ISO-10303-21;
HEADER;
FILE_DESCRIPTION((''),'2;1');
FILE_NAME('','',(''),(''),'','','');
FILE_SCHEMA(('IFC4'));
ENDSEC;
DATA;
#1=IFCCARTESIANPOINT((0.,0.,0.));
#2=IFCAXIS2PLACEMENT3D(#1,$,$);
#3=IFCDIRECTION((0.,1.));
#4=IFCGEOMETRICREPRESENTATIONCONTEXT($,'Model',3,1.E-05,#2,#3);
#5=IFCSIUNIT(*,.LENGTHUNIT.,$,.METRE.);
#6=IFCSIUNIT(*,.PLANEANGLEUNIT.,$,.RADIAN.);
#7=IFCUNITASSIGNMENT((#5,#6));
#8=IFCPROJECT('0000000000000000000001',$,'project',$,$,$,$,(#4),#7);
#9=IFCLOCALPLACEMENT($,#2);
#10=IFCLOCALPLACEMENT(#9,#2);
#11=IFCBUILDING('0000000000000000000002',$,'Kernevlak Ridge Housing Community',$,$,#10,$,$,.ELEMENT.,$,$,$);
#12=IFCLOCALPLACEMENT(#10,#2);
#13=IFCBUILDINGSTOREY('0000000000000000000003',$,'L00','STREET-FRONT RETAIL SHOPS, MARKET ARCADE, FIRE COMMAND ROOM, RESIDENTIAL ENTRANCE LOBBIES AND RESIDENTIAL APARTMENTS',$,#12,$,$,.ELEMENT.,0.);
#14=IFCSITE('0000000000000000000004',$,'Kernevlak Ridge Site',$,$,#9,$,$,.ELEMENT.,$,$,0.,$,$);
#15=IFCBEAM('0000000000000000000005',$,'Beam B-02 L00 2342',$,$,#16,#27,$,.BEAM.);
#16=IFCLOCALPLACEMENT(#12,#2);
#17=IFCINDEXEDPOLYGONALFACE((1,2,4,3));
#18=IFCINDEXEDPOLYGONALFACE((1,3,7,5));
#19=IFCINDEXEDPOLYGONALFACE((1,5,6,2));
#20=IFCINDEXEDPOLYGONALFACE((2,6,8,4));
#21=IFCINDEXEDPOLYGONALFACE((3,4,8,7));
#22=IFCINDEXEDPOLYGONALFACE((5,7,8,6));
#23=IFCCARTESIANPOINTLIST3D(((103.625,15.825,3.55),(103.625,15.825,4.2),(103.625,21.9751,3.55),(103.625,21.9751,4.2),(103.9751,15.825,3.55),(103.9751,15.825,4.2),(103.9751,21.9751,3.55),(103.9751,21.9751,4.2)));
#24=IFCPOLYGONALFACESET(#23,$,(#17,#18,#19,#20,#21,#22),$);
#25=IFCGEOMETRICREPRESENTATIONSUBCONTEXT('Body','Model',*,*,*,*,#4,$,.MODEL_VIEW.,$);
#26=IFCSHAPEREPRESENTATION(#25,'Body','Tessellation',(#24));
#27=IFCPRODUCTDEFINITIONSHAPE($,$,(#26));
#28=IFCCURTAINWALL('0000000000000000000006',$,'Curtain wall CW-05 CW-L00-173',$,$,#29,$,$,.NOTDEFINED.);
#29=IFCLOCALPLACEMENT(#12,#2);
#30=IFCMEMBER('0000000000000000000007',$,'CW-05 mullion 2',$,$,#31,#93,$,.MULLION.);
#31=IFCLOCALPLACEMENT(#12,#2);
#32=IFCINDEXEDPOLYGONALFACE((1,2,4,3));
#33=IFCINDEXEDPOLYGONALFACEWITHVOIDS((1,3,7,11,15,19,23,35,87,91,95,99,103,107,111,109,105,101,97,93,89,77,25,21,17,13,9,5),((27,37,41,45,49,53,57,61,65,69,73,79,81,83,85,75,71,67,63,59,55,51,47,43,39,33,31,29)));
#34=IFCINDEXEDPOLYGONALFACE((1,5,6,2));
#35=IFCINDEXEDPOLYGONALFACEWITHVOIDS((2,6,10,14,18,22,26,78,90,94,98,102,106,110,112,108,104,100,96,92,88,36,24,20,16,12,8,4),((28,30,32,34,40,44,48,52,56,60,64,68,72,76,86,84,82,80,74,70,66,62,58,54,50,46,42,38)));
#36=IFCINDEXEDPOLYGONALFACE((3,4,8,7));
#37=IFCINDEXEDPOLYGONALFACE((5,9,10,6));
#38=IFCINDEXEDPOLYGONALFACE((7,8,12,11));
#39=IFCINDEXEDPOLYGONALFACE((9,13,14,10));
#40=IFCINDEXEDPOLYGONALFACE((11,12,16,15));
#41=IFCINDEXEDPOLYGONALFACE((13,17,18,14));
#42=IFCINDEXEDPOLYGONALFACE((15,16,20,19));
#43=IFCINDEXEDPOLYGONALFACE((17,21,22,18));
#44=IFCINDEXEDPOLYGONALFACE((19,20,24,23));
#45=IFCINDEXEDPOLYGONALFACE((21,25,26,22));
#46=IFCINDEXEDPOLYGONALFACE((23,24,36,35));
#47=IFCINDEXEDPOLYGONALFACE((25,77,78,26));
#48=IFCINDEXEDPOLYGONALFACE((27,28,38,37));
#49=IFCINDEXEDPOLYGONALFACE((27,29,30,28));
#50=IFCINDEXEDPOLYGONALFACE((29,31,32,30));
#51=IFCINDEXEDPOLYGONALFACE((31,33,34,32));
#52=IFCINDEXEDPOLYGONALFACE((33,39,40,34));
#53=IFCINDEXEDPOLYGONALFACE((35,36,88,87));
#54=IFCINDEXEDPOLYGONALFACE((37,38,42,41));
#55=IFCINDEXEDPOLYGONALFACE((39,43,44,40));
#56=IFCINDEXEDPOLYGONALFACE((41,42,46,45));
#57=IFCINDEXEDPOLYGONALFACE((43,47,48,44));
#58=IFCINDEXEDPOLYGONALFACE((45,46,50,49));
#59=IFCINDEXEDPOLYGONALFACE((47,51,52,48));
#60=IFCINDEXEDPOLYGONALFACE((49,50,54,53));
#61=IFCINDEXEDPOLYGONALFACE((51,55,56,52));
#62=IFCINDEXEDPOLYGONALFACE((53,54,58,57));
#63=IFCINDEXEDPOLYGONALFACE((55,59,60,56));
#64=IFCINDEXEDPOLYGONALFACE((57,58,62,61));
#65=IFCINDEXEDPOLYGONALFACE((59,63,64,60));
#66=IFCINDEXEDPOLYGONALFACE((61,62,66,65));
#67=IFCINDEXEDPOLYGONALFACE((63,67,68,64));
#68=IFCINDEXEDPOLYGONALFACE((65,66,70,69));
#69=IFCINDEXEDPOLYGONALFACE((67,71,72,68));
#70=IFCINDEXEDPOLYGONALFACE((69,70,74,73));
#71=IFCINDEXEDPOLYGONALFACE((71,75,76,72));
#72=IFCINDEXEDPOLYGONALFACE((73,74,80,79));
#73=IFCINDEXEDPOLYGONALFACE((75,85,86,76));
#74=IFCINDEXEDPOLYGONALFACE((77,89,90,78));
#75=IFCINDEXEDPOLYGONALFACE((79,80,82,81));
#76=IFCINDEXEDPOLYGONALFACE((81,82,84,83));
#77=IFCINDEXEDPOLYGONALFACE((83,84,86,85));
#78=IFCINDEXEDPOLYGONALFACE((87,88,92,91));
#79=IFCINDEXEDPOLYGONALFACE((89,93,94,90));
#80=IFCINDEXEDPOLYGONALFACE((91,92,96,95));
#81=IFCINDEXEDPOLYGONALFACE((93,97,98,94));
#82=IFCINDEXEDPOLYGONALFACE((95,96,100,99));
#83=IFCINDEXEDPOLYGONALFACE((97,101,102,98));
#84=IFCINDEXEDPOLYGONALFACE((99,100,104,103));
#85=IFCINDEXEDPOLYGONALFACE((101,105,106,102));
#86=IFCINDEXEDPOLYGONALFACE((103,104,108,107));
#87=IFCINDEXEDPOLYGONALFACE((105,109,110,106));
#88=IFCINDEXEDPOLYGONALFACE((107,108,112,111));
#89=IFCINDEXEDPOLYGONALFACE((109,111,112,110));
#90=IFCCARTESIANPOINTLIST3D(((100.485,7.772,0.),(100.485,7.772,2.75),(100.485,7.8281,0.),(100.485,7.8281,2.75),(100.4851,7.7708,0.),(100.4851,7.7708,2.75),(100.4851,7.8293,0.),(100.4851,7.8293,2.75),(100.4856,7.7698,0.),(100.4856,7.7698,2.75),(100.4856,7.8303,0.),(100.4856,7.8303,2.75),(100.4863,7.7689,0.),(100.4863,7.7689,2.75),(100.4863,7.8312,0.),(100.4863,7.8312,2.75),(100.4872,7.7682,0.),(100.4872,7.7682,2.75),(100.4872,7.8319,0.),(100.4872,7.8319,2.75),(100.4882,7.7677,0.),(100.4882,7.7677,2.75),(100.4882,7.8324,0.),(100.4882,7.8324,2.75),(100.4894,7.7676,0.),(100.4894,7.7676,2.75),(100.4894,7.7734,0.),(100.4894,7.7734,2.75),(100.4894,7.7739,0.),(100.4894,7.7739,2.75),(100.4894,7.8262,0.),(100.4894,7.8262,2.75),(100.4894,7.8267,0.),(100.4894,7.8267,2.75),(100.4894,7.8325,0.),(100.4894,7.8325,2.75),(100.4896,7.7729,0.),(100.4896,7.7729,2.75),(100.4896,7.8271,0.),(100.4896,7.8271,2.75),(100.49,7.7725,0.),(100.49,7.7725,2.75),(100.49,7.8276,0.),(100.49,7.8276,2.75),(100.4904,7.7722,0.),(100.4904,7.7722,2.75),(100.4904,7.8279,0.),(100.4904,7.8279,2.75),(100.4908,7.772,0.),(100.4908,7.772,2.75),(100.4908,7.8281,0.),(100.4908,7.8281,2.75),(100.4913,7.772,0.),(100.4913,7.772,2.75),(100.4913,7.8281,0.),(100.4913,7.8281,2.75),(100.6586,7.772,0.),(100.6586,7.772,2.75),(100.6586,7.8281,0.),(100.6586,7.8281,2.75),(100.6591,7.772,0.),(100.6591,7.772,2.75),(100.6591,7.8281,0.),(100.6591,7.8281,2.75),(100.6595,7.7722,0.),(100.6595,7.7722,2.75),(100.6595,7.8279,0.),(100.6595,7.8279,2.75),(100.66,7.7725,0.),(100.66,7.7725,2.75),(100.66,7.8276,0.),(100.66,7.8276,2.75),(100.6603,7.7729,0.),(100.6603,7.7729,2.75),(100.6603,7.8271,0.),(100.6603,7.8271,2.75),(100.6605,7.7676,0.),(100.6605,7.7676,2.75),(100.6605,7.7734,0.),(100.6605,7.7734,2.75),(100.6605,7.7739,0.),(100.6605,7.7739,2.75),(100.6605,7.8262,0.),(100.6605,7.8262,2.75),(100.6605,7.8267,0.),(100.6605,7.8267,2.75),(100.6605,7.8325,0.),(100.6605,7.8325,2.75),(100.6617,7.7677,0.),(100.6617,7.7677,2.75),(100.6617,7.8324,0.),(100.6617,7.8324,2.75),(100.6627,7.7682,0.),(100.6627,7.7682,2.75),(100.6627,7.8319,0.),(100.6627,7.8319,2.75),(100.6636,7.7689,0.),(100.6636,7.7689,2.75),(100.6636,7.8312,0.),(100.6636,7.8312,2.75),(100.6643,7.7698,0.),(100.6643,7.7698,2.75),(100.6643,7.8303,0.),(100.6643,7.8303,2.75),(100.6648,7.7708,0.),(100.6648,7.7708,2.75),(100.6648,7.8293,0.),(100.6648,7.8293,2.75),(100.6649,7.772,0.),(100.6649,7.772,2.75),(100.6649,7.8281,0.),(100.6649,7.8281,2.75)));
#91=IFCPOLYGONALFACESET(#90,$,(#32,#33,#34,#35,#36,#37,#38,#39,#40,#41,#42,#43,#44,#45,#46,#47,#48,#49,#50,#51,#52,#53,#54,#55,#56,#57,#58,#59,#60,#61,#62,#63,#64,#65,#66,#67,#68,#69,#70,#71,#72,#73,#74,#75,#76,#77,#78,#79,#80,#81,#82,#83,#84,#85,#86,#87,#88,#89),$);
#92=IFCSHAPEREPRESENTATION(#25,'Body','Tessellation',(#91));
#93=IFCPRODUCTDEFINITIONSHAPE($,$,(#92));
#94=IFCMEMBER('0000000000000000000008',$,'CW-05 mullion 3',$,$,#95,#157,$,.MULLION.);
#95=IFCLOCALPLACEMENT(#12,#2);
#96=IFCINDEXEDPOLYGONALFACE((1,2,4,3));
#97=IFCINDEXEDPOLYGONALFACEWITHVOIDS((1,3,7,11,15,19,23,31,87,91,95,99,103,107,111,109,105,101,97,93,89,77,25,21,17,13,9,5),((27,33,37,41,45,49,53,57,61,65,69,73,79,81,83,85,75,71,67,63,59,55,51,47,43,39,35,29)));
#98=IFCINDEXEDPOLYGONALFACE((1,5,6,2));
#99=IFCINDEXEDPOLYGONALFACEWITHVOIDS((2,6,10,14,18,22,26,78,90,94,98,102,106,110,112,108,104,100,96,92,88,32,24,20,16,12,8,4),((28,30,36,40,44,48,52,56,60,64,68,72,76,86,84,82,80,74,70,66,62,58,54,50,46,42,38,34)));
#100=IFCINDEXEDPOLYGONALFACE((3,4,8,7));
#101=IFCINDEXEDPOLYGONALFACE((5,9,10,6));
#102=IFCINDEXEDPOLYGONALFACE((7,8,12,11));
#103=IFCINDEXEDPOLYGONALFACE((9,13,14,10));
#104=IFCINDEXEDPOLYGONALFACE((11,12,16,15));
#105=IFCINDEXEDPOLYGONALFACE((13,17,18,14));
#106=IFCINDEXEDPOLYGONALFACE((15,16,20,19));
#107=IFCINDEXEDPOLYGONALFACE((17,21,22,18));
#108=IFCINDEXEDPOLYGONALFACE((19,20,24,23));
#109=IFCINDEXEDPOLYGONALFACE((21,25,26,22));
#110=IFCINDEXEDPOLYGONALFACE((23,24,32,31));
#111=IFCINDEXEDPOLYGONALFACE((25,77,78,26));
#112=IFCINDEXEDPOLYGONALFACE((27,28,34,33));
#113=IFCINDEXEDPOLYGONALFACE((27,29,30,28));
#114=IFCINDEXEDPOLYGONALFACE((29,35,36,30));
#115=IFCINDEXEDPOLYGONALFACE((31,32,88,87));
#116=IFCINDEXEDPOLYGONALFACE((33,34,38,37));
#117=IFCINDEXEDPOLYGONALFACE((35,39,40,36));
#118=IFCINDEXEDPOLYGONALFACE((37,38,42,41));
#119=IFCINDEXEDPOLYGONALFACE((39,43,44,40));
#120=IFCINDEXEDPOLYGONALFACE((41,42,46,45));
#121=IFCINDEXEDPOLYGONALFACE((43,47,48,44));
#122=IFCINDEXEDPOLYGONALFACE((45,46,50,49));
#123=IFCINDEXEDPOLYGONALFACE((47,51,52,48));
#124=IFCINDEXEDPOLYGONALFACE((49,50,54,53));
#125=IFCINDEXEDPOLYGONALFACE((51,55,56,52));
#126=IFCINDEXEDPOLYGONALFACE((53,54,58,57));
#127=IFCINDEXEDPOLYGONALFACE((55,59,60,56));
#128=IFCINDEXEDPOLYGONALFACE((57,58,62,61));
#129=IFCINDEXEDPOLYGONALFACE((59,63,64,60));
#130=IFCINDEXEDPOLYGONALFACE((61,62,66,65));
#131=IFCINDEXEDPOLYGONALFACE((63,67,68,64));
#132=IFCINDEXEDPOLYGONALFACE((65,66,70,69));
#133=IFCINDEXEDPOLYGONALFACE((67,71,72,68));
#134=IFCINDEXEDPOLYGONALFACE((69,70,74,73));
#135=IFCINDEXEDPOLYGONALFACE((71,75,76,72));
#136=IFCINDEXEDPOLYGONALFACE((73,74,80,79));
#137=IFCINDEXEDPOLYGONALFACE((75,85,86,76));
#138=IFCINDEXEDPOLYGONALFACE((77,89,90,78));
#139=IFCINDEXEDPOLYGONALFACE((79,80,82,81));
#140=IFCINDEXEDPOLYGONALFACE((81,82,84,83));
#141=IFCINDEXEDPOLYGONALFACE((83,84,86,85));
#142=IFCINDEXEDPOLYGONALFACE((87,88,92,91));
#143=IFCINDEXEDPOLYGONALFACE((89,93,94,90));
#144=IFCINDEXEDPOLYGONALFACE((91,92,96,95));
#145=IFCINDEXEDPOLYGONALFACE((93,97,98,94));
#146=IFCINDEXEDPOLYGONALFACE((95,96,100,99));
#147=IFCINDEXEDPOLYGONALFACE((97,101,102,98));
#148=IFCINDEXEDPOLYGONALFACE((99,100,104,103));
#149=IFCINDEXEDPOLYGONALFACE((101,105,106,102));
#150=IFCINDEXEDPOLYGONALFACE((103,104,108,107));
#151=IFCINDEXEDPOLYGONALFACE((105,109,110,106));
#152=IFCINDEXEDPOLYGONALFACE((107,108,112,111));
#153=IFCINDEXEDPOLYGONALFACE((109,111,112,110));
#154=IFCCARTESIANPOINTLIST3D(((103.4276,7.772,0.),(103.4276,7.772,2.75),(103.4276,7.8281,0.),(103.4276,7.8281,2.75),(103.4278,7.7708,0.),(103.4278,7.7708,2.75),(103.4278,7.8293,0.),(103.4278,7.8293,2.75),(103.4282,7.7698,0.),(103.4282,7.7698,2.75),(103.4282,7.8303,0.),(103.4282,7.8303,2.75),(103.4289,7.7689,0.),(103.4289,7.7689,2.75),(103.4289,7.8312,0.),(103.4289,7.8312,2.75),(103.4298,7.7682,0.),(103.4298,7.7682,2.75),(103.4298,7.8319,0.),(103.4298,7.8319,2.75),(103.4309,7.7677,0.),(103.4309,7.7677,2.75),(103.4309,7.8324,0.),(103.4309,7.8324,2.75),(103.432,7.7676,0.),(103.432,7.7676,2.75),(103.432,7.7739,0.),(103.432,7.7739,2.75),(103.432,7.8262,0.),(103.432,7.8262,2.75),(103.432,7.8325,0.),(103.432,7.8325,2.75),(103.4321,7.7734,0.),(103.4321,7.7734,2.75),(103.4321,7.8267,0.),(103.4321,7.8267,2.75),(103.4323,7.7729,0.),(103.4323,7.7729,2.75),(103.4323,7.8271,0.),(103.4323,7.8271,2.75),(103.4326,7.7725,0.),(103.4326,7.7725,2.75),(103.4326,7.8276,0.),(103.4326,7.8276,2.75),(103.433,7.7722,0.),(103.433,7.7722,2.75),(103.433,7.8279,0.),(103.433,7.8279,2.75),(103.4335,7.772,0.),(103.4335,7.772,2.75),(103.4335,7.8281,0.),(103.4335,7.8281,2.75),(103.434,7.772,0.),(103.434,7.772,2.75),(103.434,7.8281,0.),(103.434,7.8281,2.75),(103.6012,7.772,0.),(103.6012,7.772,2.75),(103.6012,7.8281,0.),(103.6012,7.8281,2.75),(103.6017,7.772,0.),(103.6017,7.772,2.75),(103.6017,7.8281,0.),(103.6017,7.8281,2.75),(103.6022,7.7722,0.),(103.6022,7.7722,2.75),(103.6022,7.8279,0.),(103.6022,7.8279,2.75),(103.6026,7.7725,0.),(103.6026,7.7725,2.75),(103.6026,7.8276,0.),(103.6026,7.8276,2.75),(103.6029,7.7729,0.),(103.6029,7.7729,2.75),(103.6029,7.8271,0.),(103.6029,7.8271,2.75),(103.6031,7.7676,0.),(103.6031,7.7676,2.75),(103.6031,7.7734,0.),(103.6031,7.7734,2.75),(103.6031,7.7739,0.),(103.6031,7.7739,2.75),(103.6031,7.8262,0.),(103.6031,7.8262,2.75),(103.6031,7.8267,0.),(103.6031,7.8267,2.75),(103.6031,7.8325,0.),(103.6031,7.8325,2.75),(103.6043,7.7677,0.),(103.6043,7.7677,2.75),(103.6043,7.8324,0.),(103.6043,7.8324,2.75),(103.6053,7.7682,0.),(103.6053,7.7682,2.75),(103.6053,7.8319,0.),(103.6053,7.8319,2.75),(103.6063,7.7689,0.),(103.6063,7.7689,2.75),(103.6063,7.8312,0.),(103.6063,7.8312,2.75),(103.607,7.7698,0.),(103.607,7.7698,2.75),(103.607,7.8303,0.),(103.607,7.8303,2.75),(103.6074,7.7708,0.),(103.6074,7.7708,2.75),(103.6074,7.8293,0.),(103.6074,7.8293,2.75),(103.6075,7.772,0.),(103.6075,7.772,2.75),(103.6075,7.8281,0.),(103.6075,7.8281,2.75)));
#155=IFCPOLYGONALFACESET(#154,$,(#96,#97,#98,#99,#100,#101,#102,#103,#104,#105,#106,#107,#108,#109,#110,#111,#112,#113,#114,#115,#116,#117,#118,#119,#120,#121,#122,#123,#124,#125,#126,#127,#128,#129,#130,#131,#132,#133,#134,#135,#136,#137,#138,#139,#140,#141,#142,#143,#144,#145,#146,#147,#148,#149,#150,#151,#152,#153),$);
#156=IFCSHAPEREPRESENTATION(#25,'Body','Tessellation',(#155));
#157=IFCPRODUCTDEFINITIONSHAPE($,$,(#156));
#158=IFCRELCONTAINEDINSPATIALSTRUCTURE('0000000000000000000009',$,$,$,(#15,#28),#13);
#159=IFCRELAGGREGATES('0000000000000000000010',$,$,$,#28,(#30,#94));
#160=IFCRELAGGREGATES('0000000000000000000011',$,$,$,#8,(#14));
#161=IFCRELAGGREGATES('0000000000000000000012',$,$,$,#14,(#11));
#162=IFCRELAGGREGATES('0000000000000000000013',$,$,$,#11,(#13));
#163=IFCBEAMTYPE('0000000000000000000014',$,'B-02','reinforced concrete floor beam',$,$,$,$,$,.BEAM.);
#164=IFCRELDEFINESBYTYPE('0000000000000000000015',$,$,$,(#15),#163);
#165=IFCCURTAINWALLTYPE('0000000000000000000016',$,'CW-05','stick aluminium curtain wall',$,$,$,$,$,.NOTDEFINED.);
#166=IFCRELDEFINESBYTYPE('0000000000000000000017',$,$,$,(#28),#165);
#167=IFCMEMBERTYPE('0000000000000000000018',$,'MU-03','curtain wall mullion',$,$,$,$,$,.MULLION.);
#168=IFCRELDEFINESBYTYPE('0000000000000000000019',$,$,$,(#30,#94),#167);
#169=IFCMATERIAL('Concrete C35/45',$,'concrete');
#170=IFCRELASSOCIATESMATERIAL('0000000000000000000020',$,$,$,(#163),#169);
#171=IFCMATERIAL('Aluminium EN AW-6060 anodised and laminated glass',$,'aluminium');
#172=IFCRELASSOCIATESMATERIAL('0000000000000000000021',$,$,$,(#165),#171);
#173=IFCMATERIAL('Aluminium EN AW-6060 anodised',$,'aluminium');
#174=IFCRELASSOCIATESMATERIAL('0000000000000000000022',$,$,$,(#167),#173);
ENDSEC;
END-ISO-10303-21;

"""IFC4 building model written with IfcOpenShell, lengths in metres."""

from ifc_helpers import new_model, si_unit, direction, frame, origin, origin_2d, place, context, subcontext, project, spatial, rectangle, hollow_rectangle, extrude, material, material_profile, profile_set, type_object, element, aggregate, save


model = new_model("IFC4")

# Units and contexts
model_context = context("Model", 3, precision=1e-05, world=origin(), true_north=direction((0.0, 1.0)))
body_context = subcontext(model_context, "Body", "Model", "MODEL_VIEW")
ifc_project = project(units=[si_unit("LENGTHUNIT", "METRE"), si_unit("PLANEANGLEUNIT", "RADIAN")], contexts=[model_context])

# Site, building, storey
site_placement = place(None, origin())
site = spatial("IfcSite", under=ifc_project, at=site_placement, Name="Kernevlak Ridge Site", CompositionType="ELEMENT", RefElevation=0.0)
building_placement = place(site_placement, origin())
building = spatial("IfcBuilding", under=site, at=building_placement, Name="Kernevlak Ridge Housing Community", CompositionType="ELEMENT")
storey_placement = place(building_placement, origin())
storey = spatial("IfcBuildingStorey", under=building, at=storey_placement, Name="L00", Description="STREET-FRONT RETAIL SHOPS, MARKET ARCADE, FIRE COMMAND ROOM, RESIDENTIAL ENTRANCE LOBBIES AND RESIDENTIAL APARTMENTS", CompositionType="ELEMENT", Elevation=0.0)

# Shared definitions
ifc_material_1 = material(Name="Concrete C35/45", Category="concrete")

# Beam
ifc_material_profile_1 = material_profile(ifc_material_1, rectangle(XDim=0.3501, YDim=0.6499, at=origin_2d()), Name="RC 350x650")
ifc_profile_set_1 = profile_set([ifc_material_profile_1], Name="Concrete C35/45")
beam_type_1 = type_object("IfcBeamType", Name="B-02", Description="reinforced concrete floor beam", PredefinedType="BEAM", material=ifc_profile_set_1)
beam_1_placement = place(storey_placement, frame((103.8, 15.825, 3.875), z_axis=(0.0, 1.0, 0.0), x_axis=(-1.0, 0.0, 0.0)))
element("IfcBeam", 1, at=beam_1_placement, inside=storey, type_object=beam_type_1, Name="Beam B-02 L00 2342", PredefinedType="BEAM", context=body_context, shape_type="SweptSolid", body=[
    extrude(rectangle(XDim=0.3501, YDim=0.6499, at=origin_2d()), origin(), (0.0, 0.0, 1.0), 6.1501),
])

# Curtain wall, members
ifc_material_2 = material(Name="Aluminium EN AW-6060 anodised and laminated glass", Category="aluminium")
curtain_wall_type = type_object("IfcCurtainWallType", Name="CW-05", Description="stick aluminium curtain wall", PredefinedType="NOTDEFINED", material=ifc_material_2)
curtain_wall_placement = place(storey_placement, origin())
curtain_wall = element("IfcCurtainWall", 2, at=curtain_wall_placement, inside=storey, type_object=curtain_wall_type, Name="Curtain wall CW-05 CW-L00-173", PredefinedType="NOTDEFINED")
ifc_material_3 = material(Name="Aluminium EN AW-6060 anodised", Category="aluminium")
ifc_material_profile_2 = material_profile(ifc_material_3, hollow_rectangle(XDim=0.0649, YDim=0.1799, WallThickness=0.0044, InnerFilletRadius=0.002, OuterFilletRadius=0.0044, at=origin_2d()), Name="ALU 65x180x4.5")
ifc_profile_set_2 = profile_set([ifc_material_profile_2], Name="Aluminium EN AW-6060 anodised")
member_type_1 = type_object("IfcMemberType", Name="MU-03", Description="curtain wall mullion", PredefinedType="MULLION", material=ifc_profile_set_2)
member_1_placement = place(storey_placement, frame((100.575, 7.8, 0.0), z_axis=(0.0, 0.0, 1.0), x_axis=(0.0, 1.0, 0.0)))
member_1 = element("IfcMember", 3, at=member_1_placement, type_object=member_type_1, Name="CW-05 mullion 2", PredefinedType="MULLION", context=body_context, shape_type="SweptSolid", body=[
    extrude(hollow_rectangle(XDim=0.0649, YDim=0.1799, WallThickness=0.0044, InnerFilletRadius=0.002, OuterFilletRadius=0.0044, at=origin_2d()), origin(), (0.0, 0.0, 1.0), 2.75),
])
member_2_placement = place(storey_placement, frame((103.5176, 7.8, 0.0), z_axis=(0.0, 0.0, 1.0), x_axis=(0.0, 1.0, 0.0)))
member_2 = element("IfcMember", 4, at=member_2_placement, type_object=member_type_1, Name="CW-05 mullion 3", PredefinedType="MULLION", context=body_context, shape_type="SweptSolid", body=[
    extrude(hollow_rectangle(XDim=0.0649, YDim=0.1799, WallThickness=0.0044, InnerFilletRadius=0.002, OuterFilletRadius=0.0044, at=origin_2d()), origin(), (0.0, 0.0, 1.0), 2.75),
])

aggregate(curtain_wall, [member_1, member_2])

save(model, "model.ifc")
